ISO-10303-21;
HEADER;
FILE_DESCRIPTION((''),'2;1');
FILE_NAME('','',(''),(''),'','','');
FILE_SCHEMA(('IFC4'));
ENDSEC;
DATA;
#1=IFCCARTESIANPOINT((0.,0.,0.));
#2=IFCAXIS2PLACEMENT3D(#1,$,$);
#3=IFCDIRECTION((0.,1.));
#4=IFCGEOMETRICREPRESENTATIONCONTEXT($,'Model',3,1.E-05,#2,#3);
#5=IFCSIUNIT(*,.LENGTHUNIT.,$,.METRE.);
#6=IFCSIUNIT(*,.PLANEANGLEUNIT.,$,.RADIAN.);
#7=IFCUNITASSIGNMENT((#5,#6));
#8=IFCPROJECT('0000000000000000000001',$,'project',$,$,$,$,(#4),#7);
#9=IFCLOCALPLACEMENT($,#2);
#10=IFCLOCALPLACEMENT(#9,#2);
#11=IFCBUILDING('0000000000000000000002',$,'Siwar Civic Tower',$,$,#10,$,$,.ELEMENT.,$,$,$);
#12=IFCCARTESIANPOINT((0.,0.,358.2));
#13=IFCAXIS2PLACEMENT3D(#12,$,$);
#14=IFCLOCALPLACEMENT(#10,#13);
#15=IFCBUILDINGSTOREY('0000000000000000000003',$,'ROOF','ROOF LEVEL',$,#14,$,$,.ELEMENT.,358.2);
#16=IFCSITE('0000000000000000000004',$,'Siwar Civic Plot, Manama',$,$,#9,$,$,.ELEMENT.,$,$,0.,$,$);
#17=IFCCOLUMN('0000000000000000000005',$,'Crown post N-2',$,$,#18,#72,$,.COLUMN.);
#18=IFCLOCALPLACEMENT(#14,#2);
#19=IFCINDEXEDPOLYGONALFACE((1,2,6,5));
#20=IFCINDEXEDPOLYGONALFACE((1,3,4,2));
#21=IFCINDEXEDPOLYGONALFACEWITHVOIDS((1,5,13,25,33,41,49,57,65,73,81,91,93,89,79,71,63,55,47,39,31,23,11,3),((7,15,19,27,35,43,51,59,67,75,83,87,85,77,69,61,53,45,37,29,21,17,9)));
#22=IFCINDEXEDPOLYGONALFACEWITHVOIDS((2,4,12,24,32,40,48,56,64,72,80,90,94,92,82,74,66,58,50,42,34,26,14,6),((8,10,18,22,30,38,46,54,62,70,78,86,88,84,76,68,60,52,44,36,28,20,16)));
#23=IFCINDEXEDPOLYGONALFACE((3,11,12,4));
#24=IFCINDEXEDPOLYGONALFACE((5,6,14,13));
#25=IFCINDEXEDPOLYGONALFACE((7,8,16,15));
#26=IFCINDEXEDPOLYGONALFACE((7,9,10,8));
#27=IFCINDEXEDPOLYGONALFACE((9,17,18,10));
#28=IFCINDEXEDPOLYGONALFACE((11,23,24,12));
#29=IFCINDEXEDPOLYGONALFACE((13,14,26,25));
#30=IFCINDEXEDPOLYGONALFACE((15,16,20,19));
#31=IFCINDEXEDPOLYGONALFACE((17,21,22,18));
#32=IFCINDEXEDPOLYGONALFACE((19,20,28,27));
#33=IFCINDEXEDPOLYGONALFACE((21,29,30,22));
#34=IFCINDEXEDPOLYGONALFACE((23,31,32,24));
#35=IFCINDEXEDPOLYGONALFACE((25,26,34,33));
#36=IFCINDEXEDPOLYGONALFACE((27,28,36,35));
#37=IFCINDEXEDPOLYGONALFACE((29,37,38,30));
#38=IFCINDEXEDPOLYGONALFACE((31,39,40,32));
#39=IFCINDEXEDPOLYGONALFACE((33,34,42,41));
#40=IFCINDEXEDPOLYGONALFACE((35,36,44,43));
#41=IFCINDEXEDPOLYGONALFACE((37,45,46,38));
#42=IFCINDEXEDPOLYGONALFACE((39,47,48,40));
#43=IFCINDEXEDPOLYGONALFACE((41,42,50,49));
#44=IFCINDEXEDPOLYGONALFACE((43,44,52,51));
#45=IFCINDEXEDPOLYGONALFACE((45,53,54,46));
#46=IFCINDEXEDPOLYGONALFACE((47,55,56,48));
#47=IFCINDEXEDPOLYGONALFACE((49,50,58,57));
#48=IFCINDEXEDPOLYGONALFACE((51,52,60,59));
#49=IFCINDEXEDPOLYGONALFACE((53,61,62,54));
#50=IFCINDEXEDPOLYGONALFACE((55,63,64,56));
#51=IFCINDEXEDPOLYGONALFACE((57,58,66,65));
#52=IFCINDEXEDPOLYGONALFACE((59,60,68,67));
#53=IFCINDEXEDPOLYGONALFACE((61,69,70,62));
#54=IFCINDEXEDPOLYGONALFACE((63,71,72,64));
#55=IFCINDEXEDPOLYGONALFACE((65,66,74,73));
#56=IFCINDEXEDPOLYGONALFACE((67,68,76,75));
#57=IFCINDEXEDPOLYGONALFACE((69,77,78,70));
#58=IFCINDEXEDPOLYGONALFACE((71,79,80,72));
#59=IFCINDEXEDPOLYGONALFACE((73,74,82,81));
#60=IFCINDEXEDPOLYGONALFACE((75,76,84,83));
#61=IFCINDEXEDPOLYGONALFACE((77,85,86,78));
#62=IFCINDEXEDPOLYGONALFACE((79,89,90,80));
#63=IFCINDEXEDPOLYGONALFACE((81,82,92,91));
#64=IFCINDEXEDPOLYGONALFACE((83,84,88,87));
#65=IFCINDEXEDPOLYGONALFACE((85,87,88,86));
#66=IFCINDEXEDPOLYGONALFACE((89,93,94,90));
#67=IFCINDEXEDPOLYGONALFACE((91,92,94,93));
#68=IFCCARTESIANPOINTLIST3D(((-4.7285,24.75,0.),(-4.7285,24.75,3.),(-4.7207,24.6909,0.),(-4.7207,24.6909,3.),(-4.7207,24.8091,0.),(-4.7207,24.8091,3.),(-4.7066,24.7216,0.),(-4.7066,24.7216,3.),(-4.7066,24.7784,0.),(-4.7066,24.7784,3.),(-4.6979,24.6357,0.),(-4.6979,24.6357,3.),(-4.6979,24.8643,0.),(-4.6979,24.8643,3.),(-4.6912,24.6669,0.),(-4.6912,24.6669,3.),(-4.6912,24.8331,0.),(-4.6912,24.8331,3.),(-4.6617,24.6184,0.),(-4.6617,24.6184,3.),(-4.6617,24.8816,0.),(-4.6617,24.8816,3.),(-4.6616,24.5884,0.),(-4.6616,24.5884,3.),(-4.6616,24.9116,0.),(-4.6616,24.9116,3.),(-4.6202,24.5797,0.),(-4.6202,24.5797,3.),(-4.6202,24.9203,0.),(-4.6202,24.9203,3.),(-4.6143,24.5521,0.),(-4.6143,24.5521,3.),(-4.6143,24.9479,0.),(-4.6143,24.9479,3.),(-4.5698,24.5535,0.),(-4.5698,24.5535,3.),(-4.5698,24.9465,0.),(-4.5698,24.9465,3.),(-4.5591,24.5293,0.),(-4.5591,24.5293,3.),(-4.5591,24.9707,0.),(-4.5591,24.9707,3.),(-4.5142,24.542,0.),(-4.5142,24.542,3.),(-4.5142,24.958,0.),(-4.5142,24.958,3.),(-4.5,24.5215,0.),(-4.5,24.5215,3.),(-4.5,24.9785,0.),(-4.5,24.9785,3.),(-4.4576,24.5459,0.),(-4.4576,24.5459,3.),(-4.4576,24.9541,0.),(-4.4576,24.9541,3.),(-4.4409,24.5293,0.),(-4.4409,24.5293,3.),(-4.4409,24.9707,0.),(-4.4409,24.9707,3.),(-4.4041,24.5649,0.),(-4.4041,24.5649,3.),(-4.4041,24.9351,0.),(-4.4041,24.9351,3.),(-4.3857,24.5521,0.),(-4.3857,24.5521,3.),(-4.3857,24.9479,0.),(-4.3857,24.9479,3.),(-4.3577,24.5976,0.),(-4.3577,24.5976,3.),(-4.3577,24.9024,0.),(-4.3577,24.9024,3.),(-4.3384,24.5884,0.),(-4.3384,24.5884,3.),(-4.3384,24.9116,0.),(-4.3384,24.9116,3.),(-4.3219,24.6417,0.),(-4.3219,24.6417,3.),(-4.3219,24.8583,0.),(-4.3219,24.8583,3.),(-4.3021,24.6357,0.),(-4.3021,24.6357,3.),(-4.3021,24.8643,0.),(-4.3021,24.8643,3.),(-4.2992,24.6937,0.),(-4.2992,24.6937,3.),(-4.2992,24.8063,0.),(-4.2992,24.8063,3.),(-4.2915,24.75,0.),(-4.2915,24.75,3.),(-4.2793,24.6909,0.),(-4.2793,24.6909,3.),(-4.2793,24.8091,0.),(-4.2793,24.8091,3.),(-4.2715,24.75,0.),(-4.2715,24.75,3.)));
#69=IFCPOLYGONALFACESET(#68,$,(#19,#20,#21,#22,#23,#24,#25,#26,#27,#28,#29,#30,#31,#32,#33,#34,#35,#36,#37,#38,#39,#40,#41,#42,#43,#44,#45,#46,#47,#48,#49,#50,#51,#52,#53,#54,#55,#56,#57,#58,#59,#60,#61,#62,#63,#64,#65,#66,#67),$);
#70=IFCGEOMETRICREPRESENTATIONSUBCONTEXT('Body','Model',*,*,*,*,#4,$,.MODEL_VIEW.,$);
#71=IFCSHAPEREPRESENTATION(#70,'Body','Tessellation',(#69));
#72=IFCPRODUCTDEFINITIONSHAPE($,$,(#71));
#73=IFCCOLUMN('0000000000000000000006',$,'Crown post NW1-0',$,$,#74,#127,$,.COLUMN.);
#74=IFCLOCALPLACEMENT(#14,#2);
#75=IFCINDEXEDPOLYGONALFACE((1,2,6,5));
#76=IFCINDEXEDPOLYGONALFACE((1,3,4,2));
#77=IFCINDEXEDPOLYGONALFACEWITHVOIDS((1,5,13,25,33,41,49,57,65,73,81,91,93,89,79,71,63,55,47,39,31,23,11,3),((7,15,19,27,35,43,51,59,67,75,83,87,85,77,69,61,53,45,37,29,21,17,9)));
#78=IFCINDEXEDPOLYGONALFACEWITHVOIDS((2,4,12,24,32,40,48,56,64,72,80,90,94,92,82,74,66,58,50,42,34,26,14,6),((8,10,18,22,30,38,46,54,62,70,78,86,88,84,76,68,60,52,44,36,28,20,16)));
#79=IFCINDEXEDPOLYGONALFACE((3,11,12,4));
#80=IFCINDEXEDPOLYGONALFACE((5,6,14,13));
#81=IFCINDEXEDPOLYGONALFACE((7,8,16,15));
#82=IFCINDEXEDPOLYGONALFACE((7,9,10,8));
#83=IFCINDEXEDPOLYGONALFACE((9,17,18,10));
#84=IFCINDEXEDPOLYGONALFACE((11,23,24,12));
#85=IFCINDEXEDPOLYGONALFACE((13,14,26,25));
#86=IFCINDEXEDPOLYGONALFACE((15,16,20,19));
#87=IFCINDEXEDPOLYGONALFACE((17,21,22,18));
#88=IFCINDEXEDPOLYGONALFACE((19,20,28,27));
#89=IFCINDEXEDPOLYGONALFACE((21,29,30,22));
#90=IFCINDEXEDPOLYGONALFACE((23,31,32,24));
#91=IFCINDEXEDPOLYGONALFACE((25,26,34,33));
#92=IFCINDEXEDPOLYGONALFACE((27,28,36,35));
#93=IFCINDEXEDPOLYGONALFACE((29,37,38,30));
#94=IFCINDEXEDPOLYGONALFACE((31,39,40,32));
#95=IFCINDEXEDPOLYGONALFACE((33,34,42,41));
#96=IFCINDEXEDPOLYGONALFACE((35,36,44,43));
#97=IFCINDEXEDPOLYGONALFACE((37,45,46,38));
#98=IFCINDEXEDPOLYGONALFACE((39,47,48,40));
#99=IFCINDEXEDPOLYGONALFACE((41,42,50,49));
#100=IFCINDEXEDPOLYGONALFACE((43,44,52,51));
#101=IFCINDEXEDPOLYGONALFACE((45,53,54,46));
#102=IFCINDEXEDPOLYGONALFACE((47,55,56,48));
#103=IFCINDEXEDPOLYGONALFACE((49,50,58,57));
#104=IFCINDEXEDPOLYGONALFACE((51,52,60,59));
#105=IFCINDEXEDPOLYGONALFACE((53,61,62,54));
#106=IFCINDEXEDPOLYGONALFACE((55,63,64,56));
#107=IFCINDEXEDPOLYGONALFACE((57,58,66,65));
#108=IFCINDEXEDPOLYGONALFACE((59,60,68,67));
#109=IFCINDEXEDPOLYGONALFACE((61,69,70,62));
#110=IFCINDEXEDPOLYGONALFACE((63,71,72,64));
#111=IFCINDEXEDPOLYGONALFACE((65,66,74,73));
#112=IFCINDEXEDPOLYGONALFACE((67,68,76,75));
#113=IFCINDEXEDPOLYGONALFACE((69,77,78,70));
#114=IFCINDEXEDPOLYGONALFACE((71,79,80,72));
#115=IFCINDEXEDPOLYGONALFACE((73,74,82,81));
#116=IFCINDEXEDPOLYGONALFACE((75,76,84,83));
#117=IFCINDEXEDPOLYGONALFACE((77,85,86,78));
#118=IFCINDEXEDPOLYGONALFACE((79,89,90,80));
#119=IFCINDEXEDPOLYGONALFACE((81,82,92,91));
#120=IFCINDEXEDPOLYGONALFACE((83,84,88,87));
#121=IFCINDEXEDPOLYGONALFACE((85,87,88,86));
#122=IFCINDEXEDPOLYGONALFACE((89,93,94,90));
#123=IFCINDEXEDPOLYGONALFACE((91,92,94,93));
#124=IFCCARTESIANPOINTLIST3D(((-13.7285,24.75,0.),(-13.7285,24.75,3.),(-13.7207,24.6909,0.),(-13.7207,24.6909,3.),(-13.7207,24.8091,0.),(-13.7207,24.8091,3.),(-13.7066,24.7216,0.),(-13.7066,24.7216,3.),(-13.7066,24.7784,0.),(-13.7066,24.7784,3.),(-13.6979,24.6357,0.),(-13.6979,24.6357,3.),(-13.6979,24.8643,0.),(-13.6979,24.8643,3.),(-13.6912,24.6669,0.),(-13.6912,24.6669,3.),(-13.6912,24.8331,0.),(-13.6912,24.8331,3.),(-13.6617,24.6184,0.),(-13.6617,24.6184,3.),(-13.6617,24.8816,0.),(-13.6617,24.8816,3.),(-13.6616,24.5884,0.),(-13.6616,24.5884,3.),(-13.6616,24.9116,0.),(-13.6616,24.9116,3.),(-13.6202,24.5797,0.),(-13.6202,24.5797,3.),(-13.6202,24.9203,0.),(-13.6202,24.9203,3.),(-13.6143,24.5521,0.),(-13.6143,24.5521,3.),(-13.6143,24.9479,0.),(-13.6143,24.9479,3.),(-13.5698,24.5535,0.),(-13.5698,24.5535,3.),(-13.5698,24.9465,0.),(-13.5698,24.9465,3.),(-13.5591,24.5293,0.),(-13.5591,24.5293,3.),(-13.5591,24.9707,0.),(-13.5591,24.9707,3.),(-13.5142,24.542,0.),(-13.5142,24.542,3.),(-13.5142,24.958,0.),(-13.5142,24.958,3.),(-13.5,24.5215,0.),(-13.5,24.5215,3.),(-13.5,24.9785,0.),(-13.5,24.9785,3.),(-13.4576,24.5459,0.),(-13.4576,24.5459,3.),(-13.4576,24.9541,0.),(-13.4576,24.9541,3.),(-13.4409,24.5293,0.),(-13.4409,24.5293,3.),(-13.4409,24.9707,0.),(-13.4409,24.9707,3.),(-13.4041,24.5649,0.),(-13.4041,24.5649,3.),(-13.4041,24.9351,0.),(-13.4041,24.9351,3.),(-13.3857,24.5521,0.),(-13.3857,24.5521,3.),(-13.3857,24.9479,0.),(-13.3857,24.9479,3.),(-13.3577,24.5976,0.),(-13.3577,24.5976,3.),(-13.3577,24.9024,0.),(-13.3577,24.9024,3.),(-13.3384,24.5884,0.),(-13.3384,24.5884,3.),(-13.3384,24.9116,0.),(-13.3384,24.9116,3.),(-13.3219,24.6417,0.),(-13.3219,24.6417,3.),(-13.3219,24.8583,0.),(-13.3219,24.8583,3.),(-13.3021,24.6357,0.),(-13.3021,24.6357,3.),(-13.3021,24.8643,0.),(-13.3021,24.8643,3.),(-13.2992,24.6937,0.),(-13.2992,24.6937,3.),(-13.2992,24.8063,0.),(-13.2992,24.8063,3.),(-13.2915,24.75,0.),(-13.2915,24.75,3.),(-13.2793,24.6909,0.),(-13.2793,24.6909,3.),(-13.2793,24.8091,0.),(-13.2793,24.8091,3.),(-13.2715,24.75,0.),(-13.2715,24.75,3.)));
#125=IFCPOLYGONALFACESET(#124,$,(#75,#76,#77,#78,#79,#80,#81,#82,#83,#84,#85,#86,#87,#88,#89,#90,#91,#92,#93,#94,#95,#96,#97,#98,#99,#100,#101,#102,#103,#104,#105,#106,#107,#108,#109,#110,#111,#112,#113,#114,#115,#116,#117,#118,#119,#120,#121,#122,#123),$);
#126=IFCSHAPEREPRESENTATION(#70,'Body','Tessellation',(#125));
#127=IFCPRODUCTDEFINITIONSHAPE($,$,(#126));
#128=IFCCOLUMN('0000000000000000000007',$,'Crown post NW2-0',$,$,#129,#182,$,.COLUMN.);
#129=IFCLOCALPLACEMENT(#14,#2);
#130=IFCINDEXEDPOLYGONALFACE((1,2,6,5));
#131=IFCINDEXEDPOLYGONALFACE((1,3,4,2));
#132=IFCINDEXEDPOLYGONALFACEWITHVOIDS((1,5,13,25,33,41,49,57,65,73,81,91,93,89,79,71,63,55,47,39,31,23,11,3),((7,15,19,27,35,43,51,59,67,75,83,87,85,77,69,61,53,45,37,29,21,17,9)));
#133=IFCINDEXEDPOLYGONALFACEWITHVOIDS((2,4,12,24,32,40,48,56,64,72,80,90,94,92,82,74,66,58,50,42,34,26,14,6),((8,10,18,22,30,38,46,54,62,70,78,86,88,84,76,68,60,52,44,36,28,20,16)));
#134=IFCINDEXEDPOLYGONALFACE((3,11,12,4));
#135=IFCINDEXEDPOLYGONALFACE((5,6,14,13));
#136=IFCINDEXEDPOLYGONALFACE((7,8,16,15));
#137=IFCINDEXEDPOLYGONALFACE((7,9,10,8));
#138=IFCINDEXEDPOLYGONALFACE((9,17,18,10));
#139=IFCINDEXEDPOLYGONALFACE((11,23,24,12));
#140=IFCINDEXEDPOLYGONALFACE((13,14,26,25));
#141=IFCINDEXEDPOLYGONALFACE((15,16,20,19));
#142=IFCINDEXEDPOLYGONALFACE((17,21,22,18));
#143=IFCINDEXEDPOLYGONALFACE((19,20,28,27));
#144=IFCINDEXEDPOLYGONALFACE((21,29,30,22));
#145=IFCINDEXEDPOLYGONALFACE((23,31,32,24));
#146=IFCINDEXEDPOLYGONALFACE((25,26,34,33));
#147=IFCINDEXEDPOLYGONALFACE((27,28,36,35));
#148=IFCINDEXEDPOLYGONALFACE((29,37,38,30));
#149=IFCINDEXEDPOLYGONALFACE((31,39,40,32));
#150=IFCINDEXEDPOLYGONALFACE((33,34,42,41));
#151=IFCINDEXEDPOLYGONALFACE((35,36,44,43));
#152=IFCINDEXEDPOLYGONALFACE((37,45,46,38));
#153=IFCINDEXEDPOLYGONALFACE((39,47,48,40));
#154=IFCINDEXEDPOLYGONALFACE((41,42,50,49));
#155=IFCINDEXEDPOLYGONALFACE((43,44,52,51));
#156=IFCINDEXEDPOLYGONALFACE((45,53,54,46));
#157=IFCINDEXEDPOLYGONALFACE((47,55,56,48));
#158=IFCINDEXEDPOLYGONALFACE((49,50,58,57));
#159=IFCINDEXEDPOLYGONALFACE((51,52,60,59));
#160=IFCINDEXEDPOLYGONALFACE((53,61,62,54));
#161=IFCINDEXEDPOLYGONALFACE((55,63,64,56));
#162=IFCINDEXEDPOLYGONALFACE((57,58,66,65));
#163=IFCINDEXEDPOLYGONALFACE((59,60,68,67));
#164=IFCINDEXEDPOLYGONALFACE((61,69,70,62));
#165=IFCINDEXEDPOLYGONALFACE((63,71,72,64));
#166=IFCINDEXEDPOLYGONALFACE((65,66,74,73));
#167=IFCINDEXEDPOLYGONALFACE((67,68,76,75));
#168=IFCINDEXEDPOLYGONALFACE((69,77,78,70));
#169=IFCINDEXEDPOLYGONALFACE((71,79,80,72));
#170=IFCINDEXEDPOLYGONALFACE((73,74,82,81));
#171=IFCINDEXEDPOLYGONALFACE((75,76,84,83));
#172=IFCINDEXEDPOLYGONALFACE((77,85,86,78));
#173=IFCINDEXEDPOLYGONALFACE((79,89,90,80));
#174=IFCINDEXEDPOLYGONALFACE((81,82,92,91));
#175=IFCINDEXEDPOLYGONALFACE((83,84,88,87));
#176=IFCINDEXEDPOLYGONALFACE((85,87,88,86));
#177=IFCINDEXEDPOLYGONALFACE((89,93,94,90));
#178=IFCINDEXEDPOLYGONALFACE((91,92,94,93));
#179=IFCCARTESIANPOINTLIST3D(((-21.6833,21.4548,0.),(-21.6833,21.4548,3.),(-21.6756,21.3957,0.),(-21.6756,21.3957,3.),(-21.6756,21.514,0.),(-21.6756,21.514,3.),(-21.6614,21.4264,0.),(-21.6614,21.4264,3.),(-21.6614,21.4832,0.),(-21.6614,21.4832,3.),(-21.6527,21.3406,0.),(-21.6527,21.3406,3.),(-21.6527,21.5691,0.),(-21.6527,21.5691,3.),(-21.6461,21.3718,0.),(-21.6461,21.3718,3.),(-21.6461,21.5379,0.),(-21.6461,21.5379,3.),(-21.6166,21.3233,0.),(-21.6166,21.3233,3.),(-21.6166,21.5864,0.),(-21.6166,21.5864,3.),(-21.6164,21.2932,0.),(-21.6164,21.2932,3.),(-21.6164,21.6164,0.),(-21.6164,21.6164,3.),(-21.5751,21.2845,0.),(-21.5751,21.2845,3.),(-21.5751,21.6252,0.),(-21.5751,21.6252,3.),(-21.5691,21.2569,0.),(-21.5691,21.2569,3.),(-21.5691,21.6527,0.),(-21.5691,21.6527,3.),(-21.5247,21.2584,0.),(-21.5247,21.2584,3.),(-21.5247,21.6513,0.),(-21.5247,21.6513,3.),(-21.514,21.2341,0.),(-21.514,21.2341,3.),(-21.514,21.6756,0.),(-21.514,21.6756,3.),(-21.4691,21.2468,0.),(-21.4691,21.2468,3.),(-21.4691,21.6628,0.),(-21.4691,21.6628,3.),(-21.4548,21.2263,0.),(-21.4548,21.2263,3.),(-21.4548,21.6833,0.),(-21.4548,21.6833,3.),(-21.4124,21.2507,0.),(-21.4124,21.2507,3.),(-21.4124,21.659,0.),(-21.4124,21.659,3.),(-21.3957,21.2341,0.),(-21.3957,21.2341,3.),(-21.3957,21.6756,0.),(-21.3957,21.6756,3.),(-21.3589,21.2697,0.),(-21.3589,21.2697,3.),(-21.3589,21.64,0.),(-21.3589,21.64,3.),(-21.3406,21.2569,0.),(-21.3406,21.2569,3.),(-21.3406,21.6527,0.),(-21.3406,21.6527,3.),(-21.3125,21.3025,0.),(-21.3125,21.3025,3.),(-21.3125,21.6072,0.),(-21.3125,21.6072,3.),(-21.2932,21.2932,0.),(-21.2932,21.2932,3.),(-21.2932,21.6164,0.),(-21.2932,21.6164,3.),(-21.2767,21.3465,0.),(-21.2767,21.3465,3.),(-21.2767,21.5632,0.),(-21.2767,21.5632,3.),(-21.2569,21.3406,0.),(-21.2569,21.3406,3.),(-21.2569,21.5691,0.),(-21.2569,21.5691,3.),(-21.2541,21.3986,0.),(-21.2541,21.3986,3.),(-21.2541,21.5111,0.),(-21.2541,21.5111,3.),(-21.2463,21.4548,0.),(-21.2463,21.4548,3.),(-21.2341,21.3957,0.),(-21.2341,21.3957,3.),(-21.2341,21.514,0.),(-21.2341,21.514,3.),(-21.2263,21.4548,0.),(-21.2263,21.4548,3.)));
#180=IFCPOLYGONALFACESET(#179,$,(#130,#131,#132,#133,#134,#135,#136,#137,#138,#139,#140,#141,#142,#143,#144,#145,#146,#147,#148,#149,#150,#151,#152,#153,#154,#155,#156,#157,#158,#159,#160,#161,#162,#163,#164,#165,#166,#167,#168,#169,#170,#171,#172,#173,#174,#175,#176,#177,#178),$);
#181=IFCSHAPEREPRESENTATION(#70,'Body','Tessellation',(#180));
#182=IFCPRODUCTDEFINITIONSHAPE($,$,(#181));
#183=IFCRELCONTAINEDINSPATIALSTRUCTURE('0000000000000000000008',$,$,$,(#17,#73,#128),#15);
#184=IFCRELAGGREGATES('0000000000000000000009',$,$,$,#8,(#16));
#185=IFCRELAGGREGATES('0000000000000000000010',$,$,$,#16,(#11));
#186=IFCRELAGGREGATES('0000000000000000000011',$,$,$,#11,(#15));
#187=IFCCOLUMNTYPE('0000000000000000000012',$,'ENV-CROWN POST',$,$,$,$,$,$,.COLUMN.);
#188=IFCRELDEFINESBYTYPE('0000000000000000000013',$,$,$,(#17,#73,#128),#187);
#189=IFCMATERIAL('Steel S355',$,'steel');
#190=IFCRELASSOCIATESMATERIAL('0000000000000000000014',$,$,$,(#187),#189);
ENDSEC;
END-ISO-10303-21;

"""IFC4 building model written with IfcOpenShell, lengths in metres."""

from ifc_helpers import new_model, si_unit, direction, frame, origin, origin_2d, place, context, subcontext, project, spatial, hollow_circle, extrude, material, material_profile, profile_set, type_object, element, save


model = new_model("IFC4")

# Units and contexts
model_context = context("Model", 3, precision=1e-05, world=origin(), true_north=direction((0.0, 1.0)))
body_context = subcontext(model_context, "Body", "Model", "MODEL_VIEW")
ifc_project = project(units=[si_unit("LENGTHUNIT", "METRE"), si_unit("PLANEANGLEUNIT", "RADIAN")], contexts=[model_context])

# Site, building, storey
site_placement = place(None, origin())
site = spatial("IfcSite", under=ifc_project, at=site_placement, Name="Siwar Civic Plot, Manama", CompositionType="ELEMENT", RefElevation=0.0)
building_placement = place(site_placement, origin())
building = spatial("IfcBuilding", under=site, at=building_placement, Name="Siwar Civic Tower", CompositionType="ELEMENT")
storey_placement = place(building_placement, frame((0.0, 0.0, 358.2)))
storey = spatial("IfcBuildingStorey", under=building, at=storey_placement, Name="ROOF", Description="ROOF LEVEL", CompositionType="ELEMENT", Elevation=358.2)

# Columns
ifc_material_1 = material(Name="Steel S355", Category="steel")
ifc_material_profile = material_profile(ifc_material_1, hollow_circle(Radius=0.2285, WallThickness=0.02, at=origin_2d()), Name="CHS457x20")
ifc_profile_set = profile_set([ifc_material_profile], Name="Steel S355")
column_type = type_object("IfcColumnType", Name="ENV-CROWN POST", PredefinedType="COLUMN", material=ifc_profile_set)
for number, where, z_axis, x_axis, name in (
    (1, (-4.5, 24.75, 0.0), (0.0, 0.0, 1.0), (1.0, 0.0, 0.0), "Crown post N-2"),
    (2, (-13.5, 24.75, 0.0), (0.0, 0.0, 1.0), (1.0, 0.0, 0.0), "Crown post NW1-0"),
    (3, (-21.4548, 21.4548, 0.0), (0.0, 0.0, 1.0), (1.0, 0.0, 0.0), "Crown post NW2-0"),
):
    element("IfcColumn", number, at=place(storey_placement, frame(where, z_axis=z_axis, x_axis=x_axis)), inside=storey, type_object=column_type, Name=name, PredefinedType="COLUMN", context=body_context, shape_type="SweptSolid", body=[
        extrude(hollow_circle(Radius=0.2285, WallThickness=0.02, at=origin_2d()), origin(), (0.0, 0.0, 1.0), 3.0),
    ])

save(model, "model.ifc")
